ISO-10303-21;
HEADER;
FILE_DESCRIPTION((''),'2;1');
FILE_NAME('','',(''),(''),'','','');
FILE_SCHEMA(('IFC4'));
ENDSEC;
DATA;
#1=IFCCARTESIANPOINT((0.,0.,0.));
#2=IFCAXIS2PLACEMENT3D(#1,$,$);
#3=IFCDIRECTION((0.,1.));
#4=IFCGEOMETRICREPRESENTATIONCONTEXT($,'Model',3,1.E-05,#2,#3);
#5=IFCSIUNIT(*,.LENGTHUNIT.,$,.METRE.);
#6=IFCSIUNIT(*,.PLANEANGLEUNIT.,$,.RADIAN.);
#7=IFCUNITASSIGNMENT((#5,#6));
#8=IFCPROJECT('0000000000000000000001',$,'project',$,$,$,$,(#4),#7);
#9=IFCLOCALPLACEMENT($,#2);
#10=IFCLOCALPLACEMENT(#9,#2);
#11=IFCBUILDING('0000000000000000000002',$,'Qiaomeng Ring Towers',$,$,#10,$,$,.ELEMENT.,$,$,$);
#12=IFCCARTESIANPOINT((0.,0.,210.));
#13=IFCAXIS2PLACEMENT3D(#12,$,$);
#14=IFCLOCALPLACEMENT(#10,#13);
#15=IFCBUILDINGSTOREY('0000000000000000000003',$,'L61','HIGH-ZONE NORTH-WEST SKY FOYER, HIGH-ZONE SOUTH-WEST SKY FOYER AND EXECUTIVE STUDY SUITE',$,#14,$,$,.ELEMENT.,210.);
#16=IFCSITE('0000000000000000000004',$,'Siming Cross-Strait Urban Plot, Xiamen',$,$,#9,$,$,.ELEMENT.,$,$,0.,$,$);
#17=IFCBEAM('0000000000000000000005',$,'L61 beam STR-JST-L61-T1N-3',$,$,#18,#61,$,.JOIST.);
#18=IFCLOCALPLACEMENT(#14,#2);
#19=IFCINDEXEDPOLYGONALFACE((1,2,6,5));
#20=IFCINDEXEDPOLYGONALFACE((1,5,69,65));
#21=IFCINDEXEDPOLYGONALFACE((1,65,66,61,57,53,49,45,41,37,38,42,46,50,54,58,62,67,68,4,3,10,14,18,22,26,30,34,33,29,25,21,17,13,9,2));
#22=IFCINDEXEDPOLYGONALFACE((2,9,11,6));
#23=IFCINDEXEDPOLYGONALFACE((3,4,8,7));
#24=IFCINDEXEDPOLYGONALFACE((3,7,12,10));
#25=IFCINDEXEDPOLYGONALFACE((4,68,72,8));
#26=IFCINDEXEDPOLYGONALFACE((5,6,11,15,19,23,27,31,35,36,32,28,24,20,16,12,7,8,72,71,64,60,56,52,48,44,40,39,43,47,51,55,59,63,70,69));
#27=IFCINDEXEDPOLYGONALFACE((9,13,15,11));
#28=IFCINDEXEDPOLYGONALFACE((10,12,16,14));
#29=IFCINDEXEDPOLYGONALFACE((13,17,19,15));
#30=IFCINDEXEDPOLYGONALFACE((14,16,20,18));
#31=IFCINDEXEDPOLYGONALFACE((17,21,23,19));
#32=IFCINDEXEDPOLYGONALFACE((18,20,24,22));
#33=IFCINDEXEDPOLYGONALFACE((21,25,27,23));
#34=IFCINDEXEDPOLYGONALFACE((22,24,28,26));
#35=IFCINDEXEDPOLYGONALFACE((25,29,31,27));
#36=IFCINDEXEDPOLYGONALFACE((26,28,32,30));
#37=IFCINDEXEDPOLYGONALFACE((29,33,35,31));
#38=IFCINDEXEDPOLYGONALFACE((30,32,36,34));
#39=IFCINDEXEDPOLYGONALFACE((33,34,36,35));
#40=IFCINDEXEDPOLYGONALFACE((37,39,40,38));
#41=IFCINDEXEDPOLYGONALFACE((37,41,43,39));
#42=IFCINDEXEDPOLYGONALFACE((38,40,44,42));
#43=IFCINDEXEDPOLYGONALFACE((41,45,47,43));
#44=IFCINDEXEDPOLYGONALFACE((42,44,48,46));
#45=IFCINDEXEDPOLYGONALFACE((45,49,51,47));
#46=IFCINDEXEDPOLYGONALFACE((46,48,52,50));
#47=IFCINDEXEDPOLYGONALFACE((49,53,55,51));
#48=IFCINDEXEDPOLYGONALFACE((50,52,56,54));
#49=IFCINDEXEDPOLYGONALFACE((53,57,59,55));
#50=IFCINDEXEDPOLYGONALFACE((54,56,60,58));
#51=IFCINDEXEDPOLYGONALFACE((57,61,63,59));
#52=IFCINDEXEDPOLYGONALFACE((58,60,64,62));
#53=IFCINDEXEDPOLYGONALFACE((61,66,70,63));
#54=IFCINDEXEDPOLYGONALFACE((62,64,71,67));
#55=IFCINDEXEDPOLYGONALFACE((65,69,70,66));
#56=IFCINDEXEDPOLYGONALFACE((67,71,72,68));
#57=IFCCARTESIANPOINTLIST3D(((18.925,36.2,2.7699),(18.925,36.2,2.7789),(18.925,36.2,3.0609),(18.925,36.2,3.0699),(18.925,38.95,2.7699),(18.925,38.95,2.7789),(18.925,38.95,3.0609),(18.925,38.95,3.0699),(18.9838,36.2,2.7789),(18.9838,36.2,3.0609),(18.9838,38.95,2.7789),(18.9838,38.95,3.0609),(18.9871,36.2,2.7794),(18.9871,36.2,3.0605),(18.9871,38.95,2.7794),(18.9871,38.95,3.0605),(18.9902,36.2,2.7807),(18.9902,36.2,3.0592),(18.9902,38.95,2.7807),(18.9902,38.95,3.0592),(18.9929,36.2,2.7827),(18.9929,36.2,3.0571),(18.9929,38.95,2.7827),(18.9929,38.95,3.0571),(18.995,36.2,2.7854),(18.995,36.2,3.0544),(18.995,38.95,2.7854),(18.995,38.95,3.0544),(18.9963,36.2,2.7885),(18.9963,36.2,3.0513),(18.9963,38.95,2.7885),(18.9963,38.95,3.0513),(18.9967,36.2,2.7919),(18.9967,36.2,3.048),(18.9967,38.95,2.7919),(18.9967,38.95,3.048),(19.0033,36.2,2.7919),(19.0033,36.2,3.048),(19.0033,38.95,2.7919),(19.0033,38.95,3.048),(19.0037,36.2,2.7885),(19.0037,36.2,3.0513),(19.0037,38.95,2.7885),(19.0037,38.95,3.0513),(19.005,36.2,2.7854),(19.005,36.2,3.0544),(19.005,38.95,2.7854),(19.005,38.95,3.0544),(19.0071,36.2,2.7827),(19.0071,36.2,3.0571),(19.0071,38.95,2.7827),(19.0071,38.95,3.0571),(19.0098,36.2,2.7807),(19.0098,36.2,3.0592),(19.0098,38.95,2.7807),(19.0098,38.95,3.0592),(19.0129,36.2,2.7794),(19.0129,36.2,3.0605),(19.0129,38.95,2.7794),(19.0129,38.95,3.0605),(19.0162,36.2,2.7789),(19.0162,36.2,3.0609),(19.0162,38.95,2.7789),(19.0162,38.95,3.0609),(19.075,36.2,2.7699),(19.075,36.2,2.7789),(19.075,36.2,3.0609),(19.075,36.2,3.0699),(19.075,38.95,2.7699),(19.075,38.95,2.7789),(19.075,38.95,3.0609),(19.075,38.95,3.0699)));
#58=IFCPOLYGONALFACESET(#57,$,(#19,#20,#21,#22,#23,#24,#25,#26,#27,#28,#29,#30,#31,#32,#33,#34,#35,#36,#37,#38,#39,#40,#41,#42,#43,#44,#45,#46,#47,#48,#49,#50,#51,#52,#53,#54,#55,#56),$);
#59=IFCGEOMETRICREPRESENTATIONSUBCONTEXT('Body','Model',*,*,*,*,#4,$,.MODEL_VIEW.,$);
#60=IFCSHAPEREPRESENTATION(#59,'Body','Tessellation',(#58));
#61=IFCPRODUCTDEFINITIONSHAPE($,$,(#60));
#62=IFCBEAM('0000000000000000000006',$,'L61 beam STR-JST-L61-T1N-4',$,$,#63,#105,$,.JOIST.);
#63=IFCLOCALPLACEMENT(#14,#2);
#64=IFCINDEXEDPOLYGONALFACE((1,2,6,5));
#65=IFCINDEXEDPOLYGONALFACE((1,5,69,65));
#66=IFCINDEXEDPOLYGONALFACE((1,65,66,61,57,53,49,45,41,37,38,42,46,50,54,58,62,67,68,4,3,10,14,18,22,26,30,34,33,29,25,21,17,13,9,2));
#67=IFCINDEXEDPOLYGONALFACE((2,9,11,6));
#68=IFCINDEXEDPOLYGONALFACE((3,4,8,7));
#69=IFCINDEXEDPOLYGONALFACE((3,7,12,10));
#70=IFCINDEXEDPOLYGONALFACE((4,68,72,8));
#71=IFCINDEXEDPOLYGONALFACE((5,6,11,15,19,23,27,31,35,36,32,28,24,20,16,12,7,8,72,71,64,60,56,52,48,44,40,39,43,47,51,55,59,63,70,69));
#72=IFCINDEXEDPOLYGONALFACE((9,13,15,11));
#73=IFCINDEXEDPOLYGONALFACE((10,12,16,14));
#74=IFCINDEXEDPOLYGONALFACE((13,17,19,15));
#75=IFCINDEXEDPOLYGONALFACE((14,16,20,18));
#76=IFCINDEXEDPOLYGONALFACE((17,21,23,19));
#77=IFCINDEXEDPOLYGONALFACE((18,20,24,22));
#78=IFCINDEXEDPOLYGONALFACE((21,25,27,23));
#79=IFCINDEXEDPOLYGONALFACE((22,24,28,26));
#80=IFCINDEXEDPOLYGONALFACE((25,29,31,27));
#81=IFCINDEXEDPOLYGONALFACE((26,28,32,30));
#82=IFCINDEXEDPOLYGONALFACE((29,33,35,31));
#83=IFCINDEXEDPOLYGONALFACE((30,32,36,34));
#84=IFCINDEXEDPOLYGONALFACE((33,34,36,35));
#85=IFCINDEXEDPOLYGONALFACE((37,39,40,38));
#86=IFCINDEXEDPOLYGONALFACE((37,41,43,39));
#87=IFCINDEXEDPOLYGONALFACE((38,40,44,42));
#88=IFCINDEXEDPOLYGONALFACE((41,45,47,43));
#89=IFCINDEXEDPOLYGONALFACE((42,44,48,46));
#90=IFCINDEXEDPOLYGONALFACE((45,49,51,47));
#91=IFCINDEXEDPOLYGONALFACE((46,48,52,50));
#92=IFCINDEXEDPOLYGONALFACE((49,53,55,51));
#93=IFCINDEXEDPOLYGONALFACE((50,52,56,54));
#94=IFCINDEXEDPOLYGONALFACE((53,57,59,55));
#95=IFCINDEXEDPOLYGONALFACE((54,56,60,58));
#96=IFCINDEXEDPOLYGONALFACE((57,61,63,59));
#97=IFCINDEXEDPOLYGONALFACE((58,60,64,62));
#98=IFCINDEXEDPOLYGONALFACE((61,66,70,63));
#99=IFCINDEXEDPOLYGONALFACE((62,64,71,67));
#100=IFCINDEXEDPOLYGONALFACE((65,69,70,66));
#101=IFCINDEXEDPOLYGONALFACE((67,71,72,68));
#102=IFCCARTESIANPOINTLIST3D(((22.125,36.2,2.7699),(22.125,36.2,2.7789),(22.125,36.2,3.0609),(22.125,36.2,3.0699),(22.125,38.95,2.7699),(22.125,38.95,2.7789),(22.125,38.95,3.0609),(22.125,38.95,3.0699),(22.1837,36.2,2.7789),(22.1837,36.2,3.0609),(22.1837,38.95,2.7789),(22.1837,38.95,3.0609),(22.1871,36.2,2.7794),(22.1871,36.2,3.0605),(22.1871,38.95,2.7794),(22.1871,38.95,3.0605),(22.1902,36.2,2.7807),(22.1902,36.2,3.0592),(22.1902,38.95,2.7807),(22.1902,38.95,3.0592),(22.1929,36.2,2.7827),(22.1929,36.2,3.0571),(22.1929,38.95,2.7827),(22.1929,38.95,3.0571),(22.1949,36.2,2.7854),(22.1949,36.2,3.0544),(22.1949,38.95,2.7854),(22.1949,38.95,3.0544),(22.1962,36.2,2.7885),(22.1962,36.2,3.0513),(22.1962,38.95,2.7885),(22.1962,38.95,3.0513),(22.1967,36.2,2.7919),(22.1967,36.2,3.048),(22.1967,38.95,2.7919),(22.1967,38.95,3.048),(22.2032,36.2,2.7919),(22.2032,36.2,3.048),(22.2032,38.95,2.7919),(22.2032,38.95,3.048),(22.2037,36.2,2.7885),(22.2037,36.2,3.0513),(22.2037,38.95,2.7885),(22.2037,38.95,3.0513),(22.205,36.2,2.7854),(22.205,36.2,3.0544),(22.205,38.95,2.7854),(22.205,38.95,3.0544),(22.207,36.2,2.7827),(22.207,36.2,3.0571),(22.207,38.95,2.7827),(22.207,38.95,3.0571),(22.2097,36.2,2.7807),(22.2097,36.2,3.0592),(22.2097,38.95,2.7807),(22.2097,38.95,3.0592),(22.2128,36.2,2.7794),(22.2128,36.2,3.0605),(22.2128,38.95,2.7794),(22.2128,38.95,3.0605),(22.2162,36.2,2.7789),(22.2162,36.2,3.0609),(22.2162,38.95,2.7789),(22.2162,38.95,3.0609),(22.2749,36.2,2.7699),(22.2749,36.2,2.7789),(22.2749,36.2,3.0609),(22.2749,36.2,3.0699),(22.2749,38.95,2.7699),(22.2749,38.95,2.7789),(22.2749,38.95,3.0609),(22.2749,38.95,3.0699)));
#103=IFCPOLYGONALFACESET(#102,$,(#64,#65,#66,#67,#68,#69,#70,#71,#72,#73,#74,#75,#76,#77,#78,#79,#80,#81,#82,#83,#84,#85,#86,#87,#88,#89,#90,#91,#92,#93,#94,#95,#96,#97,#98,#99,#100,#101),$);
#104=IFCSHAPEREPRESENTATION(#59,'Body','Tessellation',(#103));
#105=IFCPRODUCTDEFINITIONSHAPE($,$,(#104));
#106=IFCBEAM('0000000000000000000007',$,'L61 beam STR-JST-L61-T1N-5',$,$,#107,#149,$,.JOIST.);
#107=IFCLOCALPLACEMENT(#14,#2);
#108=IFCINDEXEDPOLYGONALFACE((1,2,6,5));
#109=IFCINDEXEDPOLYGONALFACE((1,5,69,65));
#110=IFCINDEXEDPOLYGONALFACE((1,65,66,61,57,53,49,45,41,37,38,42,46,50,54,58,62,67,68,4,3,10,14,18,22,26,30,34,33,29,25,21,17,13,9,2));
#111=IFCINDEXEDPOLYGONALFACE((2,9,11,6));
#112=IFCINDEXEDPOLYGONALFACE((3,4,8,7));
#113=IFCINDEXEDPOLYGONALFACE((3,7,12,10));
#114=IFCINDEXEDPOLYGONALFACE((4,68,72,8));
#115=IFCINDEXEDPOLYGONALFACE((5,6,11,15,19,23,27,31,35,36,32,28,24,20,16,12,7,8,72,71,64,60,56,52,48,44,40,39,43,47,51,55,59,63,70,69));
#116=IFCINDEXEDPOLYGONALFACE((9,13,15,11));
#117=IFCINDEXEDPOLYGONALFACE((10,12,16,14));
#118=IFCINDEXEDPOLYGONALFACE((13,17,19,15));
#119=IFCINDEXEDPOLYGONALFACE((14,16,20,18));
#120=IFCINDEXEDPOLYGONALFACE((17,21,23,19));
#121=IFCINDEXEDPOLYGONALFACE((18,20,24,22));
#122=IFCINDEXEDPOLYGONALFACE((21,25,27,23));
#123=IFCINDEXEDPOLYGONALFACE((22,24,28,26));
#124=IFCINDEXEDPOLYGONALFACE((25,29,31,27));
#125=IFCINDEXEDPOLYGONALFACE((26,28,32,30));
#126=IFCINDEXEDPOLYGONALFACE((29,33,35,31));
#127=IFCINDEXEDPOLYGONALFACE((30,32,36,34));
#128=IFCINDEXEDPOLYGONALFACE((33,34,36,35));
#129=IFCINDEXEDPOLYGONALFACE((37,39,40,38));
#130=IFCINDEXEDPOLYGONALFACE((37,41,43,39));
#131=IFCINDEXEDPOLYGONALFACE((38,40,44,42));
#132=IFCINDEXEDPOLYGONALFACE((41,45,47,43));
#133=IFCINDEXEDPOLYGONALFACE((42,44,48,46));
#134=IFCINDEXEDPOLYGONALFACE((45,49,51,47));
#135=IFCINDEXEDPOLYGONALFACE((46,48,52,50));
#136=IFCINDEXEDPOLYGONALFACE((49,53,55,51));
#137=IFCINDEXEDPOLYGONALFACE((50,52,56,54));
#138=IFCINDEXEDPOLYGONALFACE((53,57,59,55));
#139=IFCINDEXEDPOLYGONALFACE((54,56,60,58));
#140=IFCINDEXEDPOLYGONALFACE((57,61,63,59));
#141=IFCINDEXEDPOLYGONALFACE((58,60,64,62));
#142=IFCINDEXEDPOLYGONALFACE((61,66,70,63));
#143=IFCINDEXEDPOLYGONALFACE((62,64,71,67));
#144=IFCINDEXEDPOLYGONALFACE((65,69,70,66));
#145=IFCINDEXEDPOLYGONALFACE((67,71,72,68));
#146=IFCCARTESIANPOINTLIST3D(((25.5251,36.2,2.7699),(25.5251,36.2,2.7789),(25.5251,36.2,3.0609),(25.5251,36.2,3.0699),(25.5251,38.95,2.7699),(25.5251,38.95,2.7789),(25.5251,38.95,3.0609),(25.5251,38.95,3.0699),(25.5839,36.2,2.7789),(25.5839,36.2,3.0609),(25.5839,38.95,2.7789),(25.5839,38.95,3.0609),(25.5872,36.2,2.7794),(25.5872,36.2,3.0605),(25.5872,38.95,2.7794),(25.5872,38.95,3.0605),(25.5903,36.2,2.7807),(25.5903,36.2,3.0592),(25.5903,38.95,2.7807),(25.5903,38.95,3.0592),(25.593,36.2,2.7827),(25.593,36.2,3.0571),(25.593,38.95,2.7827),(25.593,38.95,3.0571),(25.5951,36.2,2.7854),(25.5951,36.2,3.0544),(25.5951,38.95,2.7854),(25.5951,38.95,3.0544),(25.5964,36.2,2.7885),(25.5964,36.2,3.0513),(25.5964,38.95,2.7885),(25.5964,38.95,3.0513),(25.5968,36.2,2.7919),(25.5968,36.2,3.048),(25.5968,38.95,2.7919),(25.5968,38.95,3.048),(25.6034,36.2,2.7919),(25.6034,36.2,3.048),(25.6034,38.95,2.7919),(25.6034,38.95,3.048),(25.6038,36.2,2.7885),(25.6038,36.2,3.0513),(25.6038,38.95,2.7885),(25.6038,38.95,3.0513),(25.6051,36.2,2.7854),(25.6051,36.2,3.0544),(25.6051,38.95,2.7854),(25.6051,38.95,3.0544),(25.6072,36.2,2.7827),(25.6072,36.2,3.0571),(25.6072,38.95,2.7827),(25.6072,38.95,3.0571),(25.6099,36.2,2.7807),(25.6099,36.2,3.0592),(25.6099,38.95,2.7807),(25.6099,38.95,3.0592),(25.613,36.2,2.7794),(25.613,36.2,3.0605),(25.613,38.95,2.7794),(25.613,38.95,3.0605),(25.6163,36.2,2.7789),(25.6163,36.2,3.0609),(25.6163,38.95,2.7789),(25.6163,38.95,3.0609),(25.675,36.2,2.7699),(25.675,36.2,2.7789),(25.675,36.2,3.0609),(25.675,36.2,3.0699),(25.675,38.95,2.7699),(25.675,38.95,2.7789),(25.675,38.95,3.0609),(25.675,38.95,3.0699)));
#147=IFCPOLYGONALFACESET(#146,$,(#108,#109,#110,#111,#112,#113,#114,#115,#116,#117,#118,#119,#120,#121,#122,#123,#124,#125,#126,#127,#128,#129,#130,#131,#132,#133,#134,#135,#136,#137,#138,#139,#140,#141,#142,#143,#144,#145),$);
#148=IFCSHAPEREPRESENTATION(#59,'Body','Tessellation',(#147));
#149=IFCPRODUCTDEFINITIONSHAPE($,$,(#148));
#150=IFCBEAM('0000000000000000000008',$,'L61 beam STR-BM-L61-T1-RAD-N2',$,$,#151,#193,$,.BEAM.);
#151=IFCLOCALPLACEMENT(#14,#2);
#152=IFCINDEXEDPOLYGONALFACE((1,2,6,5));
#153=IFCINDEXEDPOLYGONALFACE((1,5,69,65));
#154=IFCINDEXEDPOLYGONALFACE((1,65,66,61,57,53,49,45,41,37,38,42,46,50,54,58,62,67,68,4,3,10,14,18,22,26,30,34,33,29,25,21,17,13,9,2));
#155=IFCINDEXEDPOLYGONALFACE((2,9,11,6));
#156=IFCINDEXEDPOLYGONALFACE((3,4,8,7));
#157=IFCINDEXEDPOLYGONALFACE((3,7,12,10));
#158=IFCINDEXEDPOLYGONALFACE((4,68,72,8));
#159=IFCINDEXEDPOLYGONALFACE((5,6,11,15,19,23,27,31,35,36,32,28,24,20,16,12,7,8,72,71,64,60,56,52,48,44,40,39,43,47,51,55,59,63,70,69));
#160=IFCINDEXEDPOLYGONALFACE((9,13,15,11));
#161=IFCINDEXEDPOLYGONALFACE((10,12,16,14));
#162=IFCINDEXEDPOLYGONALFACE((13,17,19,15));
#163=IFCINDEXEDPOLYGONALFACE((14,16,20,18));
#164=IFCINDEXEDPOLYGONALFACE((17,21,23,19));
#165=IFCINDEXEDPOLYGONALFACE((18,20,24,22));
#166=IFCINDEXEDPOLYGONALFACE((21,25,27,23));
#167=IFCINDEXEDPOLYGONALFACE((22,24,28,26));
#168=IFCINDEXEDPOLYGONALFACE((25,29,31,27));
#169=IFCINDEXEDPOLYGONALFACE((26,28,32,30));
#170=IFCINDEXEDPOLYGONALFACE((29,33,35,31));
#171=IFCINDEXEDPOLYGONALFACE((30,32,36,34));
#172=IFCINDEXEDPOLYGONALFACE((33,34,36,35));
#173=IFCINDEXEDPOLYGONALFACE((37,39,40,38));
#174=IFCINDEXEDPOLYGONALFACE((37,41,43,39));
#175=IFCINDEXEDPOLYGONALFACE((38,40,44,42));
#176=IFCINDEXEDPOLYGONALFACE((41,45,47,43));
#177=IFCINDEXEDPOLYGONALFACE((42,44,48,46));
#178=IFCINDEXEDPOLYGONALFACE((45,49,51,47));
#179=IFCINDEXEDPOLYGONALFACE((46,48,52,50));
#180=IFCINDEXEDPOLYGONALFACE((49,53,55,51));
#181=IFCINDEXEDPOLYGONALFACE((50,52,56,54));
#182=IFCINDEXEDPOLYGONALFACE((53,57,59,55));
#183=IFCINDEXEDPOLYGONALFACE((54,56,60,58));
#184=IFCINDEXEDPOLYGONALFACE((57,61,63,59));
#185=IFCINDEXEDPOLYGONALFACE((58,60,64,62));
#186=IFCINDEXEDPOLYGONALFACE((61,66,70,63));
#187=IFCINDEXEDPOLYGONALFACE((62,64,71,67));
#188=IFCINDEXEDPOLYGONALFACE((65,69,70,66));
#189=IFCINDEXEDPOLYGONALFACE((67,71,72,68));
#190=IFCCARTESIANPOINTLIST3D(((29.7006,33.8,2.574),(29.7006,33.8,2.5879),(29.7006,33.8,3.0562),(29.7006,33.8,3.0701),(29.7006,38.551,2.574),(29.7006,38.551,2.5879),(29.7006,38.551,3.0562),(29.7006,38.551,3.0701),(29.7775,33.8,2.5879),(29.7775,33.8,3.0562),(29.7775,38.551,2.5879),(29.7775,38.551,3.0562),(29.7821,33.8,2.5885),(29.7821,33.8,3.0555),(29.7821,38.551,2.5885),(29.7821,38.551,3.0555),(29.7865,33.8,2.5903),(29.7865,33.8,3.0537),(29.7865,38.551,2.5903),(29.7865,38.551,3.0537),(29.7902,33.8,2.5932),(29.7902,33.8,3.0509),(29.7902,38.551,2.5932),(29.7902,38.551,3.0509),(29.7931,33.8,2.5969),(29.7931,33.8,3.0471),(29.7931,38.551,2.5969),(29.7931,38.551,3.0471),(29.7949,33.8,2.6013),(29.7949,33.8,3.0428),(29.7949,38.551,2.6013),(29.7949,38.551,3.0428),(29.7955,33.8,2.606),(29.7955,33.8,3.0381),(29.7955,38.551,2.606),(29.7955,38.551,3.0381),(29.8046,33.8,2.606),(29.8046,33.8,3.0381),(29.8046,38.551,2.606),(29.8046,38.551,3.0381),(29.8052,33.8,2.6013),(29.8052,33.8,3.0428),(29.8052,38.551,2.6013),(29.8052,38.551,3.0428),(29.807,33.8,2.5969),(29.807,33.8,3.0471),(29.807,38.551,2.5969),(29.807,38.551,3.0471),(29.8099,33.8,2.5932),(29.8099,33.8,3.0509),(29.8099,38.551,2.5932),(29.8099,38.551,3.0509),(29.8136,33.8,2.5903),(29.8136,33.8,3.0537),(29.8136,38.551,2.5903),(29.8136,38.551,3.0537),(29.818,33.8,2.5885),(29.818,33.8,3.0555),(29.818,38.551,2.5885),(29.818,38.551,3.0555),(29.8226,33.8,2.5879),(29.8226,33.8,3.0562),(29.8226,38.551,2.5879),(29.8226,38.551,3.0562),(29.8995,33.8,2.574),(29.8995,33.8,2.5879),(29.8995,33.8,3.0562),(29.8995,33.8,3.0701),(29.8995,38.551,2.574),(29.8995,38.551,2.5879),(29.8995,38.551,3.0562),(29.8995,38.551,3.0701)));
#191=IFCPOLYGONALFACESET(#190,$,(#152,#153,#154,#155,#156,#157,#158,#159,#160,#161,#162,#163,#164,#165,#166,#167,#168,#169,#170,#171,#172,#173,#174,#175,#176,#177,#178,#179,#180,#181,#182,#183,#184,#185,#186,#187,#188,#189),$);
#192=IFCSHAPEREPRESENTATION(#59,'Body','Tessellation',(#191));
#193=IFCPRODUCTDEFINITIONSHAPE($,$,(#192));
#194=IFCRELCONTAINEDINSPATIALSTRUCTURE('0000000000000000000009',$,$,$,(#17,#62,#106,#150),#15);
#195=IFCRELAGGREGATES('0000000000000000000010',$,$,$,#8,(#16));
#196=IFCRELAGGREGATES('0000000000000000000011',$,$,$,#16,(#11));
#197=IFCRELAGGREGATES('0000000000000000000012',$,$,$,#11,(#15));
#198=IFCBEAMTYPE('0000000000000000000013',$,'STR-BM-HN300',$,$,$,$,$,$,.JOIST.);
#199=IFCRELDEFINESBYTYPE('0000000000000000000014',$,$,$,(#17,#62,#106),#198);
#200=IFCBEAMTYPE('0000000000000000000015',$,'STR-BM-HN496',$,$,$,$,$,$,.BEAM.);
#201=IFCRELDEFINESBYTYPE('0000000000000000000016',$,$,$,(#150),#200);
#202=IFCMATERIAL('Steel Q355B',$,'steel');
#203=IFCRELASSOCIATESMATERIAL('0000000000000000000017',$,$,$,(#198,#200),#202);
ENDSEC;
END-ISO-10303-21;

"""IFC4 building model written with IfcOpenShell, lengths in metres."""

from ifc_helpers import new_model, si_unit, direction, frame, origin, origin_2d, place, context, subcontext, project, spatial, i_section, extrude, source, transform, mapped, material, material_profile, profile_set, type_object, element, save


model = new_model("IFC4")

# Units and contexts
model_context = context("Model", 3, precision=1e-05, world=origin(), true_north=direction((0.0, 1.0)))
body_context = subcontext(model_context, "Body", "Model", "MODEL_VIEW")
ifc_project = project(units=[si_unit("LENGTHUNIT", "METRE"), si_unit("PLANEANGLEUNIT", "RADIAN")], contexts=[model_context])

# Site, building, storey
site_placement = place(None, origin())
site = spatial("IfcSite", under=ifc_project, at=site_placement, Name="Siming Cross-Strait Urban Plot, Xiamen", CompositionType="ELEMENT", RefElevation=0.0)
building_placement = place(site_placement, origin())
building = spatial("IfcBuilding", under=site, at=building_placement, Name="Qiaomeng Ring Towers", CompositionType="ELEMENT")
storey_placement = place(building_placement, frame((0.0, 0.0, 210.0)))
storey = spatial("IfcBuildingStorey", under=building, at=storey_placement, Name="L61", Description="HIGH-ZONE NORTH-WEST SKY FOYER, HIGH-ZONE SOUTH-WEST SKY FOYER AND EXECUTIVE STUDY SUITE", CompositionType="ELEMENT", Elevation=210.0)

# Beams
ifc_material_1 = material(Name="Steel Q355B", Category="steel")
ifc_material_profile_1 = material_profile(ifc_material_1, i_section(OverallWidth=0.1499, OverallDepth=0.3, WebThickness=0.0066, FlangeThickness=0.009, FilletRadius=0.0129, at=origin_2d()), Name="HN 300x150x6.5x9")
ifc_profile_set_1 = profile_set([ifc_material_profile_1], Name="Steel Q355B")
beam_type_1 = type_object("IfcBeamType", Name="STR-BM-HN300", PredefinedType="JOIST", material=ifc_profile_set_1)
shared_shape_1 = source(origin(), body_context, "Body", "SweptSolid", [
    extrude(i_section(OverallWidth=0.1499, OverallDepth=0.3, WebThickness=0.0066, FlangeThickness=0.009, FilletRadius=0.0129, at=origin_2d()), origin(), (0.0, 0.0, 1.0), 2.75),
])
for number, where, z_axis, x_axis, name in (
    (1, (19.0, 36.2, 2.9199), (0.0, 1.0, 0.0), (-1.0, 0.0, 0.0), "L61 beam STR-JST-L61-T1N-3"),
    (2, (22.2, 36.2, 2.9199), (0.0, 1.0, 0.0), (-1.0, 0.0, 0.0), "L61 beam STR-JST-L61-T1N-4"),
    (3, (25.6001, 36.2, 2.9199), (0.0, 1.0, 0.0), (-1.0, 0.0, 0.0), "L61 beam STR-JST-L61-T1N-5"),
):
    element("IfcBeam", number, at=place(storey_placement, frame(where, z_axis=z_axis, x_axis=x_axis)), inside=storey, type_object=beam_type_1, Name=name, PredefinedType="JOIST", context=body_context, shape_type="MappedRepresentation", body=[
        mapped(shared_shape_1, transform((0.0, 0.0, 0.0), x_axis=(1.0, 0.0, 0.0), y_axis=(0.0, 1.0, 0.0), z_axis=(0.0, 0.0, 1.0), scale=1.0)),
    ])
ifc_material_profile_2 = material_profile(ifc_material_1, i_section(OverallWidth=0.199, OverallDepth=0.4961, WebThickness=0.009, FlangeThickness=0.0139, FilletRadius=0.0181, at=origin_2d()), Name="HN 496x199x9x14")
ifc_profile_set_2 = profile_set([ifc_material_profile_2], Name="Steel Q355B")
beam_type_2 = type_object("IfcBeamType", Name="STR-BM-HN496", PredefinedType="BEAM", material=ifc_profile_set_2)
shared_shape_2 = source(origin(), body_context, "Body", "SweptSolid", [
    extrude(i_section(OverallWidth=0.199, OverallDepth=0.4961, WebThickness=0.009, FlangeThickness=0.0139, FilletRadius=0.0181, at=origin_2d()), origin(), (0.0, 0.0, 1.0), 4.751),
])
beam_1_placement = place(storey_placement, frame((29.8, 38.551, 2.822), z_axis=(0.0, -1.0, 0.0), x_axis=(1.0, 0.0, 0.0)))
element("IfcBeam", 4, at=beam_1_placement, inside=storey, type_object=beam_type_2, Name="L61 beam STR-BM-L61-T1-RAD-N2", PredefinedType="BEAM", context=body_context, shape_type="MappedRepresentation", body=[
    mapped(shared_shape_2, transform((0.0, 0.0, 0.0), x_axis=(1.0, 0.0, 0.0), y_axis=(0.0, 1.0, 0.0), z_axis=(0.0, 0.0, 1.0), scale=1.0)),
])

save(model, "model.ifc")
